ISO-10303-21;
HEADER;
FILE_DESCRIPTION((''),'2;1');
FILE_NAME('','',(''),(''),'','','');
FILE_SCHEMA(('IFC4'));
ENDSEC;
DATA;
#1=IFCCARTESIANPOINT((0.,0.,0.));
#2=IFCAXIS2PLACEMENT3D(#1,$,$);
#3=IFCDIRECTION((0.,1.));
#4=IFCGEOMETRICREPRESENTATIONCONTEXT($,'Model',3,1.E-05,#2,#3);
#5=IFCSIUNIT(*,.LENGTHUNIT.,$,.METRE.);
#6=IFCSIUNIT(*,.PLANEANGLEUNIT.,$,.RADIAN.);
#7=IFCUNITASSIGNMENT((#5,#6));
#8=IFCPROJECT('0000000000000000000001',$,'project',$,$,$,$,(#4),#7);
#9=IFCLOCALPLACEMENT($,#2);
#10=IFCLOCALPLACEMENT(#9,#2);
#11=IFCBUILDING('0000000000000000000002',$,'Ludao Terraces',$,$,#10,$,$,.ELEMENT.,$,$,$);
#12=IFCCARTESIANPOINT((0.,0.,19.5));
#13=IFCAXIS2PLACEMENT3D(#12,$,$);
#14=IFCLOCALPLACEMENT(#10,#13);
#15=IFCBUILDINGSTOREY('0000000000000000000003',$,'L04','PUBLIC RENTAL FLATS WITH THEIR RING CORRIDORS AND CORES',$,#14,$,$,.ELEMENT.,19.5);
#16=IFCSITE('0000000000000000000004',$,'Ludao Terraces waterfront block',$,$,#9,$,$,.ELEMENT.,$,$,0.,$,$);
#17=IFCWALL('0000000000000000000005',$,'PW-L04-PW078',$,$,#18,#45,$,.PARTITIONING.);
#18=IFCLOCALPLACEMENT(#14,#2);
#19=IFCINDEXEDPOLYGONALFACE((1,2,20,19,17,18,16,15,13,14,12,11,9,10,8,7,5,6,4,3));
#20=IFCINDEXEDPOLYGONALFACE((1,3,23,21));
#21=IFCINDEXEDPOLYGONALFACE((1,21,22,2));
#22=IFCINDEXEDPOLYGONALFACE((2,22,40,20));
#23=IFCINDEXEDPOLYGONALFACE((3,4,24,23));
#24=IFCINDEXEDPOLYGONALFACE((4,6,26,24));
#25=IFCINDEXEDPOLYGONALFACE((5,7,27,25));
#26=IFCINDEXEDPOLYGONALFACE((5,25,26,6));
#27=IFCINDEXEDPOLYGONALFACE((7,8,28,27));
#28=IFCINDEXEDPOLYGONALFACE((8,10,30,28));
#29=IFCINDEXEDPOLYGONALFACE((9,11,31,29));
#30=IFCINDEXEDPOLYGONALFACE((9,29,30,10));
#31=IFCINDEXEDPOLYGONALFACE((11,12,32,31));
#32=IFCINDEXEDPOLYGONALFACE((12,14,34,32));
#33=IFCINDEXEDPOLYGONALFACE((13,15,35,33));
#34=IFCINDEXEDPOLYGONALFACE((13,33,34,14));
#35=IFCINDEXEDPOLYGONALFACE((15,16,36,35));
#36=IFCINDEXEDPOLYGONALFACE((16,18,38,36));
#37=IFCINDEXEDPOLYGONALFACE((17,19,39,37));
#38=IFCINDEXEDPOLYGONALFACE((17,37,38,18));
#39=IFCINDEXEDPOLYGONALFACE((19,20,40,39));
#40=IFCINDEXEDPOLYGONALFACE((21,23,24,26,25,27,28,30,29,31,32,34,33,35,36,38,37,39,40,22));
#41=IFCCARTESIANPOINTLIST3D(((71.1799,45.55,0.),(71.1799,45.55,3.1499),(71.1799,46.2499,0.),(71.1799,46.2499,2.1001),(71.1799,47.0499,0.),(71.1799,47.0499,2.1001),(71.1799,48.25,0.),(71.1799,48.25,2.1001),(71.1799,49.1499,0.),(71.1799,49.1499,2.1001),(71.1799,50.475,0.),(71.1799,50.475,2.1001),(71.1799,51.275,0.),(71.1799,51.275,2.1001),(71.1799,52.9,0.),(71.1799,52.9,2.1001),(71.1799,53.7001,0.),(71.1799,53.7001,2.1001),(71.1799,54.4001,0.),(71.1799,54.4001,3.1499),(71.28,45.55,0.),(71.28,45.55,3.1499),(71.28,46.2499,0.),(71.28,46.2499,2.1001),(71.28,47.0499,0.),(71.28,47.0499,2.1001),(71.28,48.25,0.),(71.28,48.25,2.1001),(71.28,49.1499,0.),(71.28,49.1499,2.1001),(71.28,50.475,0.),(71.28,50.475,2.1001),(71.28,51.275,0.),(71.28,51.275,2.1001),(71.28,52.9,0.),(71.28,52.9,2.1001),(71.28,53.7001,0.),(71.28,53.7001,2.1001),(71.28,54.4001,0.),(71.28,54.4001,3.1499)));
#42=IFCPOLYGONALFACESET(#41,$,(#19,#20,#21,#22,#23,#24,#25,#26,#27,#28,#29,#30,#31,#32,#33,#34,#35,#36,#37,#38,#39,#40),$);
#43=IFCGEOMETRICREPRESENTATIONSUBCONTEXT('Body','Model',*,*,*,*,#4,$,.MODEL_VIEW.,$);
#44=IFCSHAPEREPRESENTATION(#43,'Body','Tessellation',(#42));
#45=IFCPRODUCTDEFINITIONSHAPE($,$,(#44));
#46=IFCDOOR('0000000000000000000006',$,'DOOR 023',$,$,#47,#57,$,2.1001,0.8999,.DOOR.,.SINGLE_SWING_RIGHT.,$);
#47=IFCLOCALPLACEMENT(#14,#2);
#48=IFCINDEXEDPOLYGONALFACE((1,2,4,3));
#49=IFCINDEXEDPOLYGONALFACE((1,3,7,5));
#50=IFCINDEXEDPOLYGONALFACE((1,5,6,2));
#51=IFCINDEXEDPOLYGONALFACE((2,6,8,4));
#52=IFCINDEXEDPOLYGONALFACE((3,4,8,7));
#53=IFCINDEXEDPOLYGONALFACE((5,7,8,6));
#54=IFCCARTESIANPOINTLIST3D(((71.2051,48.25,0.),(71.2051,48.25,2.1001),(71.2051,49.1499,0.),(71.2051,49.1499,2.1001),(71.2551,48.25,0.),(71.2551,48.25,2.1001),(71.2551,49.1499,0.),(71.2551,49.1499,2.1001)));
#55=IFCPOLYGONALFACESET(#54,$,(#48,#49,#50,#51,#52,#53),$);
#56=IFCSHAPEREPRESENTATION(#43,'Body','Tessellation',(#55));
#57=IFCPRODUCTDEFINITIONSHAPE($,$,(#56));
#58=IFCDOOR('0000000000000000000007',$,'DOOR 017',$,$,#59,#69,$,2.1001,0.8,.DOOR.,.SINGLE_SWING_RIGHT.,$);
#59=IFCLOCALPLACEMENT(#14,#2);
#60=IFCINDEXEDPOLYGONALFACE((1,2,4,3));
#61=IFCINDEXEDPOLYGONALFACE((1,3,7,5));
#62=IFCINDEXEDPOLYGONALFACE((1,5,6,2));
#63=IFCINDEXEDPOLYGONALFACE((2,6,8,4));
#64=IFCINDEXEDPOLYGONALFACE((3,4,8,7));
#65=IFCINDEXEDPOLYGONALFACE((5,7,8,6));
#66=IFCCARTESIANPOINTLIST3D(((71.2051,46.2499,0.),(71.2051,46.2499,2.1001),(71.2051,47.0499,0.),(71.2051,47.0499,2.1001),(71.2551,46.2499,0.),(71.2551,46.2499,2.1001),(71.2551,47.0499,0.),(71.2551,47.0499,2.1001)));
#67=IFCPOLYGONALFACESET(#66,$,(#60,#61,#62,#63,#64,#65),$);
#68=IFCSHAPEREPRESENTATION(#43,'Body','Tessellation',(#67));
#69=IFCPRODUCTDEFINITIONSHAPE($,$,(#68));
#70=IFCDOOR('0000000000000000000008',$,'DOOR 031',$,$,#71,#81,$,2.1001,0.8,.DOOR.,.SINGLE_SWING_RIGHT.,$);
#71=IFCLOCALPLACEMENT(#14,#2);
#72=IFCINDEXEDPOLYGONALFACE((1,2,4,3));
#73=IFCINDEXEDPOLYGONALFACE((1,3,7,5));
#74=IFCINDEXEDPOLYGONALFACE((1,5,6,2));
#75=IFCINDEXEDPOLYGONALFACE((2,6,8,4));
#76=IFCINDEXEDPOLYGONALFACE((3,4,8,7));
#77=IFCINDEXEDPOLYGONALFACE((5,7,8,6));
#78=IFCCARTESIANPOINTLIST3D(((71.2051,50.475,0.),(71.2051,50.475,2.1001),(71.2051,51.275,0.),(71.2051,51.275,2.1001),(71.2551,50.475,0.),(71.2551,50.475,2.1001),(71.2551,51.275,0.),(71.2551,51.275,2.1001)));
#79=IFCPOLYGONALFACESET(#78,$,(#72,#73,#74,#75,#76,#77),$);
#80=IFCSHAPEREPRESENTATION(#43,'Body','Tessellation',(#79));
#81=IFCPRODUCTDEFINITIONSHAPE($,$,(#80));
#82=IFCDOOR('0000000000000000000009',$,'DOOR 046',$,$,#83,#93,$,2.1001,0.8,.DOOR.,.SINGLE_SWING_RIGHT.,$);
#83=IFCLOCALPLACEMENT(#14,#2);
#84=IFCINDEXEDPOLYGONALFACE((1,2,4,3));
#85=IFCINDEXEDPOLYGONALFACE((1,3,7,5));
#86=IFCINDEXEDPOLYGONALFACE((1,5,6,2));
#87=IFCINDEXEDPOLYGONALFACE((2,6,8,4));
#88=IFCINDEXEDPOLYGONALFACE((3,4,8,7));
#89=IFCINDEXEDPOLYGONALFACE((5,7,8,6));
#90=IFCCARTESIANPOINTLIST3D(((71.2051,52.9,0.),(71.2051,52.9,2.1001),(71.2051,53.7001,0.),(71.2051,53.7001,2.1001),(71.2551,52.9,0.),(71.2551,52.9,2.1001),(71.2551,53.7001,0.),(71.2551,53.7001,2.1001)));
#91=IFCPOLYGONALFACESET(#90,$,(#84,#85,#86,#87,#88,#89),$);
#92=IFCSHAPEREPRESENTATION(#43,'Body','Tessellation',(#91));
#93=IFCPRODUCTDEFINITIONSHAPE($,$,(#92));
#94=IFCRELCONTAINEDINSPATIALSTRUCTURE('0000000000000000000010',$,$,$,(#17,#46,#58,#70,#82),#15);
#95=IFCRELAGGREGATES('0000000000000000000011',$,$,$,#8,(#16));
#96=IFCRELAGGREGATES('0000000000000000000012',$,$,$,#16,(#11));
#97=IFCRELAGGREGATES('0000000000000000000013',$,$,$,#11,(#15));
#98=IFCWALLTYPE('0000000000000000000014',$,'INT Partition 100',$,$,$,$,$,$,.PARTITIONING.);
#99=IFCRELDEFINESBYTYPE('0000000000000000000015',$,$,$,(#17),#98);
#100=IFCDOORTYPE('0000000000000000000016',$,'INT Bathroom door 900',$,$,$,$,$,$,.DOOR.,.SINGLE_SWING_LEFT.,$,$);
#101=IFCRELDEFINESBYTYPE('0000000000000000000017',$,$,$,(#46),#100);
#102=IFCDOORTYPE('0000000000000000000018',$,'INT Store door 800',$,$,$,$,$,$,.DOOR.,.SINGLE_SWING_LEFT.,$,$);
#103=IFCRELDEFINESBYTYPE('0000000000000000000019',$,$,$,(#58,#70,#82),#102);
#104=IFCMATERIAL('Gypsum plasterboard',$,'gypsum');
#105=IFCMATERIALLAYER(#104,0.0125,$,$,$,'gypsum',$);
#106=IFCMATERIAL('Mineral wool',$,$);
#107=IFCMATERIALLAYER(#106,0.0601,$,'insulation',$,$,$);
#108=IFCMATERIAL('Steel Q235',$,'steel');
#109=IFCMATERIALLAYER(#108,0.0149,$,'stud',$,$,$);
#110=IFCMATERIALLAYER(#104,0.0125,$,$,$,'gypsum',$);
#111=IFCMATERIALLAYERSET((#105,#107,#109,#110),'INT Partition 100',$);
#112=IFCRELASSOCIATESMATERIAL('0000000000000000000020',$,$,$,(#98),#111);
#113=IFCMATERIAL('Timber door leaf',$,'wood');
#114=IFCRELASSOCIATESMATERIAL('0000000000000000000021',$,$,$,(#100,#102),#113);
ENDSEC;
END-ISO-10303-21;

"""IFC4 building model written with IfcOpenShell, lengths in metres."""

from ifc_helpers import new_model, si_unit, direction, frame, frame_2d, origin, place, context, subcontext, project, spatial, rectangle, extrude, material, layer, layer_set, type_object, element, fill, save


model = new_model("IFC4")

# Units and contexts
model_context = context("Model", 3, precision=1e-05, world=origin(), true_north=direction((0.0, 1.0)))
body_context = subcontext(model_context, "Body", "Model", "MODEL_VIEW")
ifc_project = project(units=[si_unit("LENGTHUNIT", "METRE"), si_unit("PLANEANGLEUNIT", "RADIAN")], contexts=[model_context])

# Site, building, storey
site_placement = place(None, origin())
site = spatial("IfcSite", under=ifc_project, at=site_placement, Name="Ludao Terraces waterfront block", CompositionType="ELEMENT", RefElevation=0.0)
building_placement = place(site_placement, origin())
building = spatial("IfcBuilding", under=site, at=building_placement, Name="Ludao Terraces", CompositionType="ELEMENT")
storey_placement = place(building_placement, frame((0.0, 0.0, 19.5)))
storey = spatial("IfcBuildingStorey", under=building, at=storey_placement, Name="L04", Description="PUBLIC RENTAL FLATS WITH THEIR RING CORRIDORS AND CORES", CompositionType="ELEMENT", Elevation=19.5)

# Shared definitions
ifc_material_1 = material(Name="Mineral wool")

# Shared definitions
ifc_material_2 = material(Name="Gypsum plasterboard", Category="gypsum")
ifc_layer_1 = layer(ifc_material_2, 0.0125, Category="gypsum")
ifc_layer_2 = layer(ifc_material_1, 0.0601, Name="insulation")
ifc_material_3 = material(Name="Steel Q235", Category="steel")
ifc_layer_3 = layer(ifc_material_3, 0.0149, Name="stud")
ifc_layer_4 = layer(ifc_material_2, 0.0125, Category="gypsum")
ifc_layer_set_1 = layer_set([ifc_layer_1, ifc_layer_2, ifc_layer_3, ifc_layer_4], Name="INT Partition 100")
wall_type_1 = type_object("IfcWallType", Name="INT Partition 100", PredefinedType="PARTITIONING", material=ifc_layer_set_1)
ifc_material_4 = material(Name="Timber door leaf", Category="wood")
door_type_1 = type_object("IfcDoorType", Name="INT Bathroom door 900", OperationType="SINGLE_SWING_LEFT", PredefinedType="DOOR", material=ifc_material_4)

# Wall, openings, doors
wall_1_placement = place(storey_placement, frame((71.23, 45.55, 0.0), z_axis=(0.0, 0.0, 1.0), x_axis=(0.0, 1.0, 0.0)))
wall_1 = element("IfcWall", 1, at=wall_1_placement, inside=storey, type_object=wall_type_1, Name="PW-L04-PW078", PredefinedType="PARTITIONING", context=body_context, shape_type="SweptSolid", body=[
    extrude(rectangle(XDim=8.8501, YDim=0.1001, at=frame_2d((4.425, 0.0))), origin(), (0.0, 0.0, 1.0), 3.1499),
])
opening_1_placement = place(wall_1_placement, frame((0.7, 0.0, 0.0)))
opening_1 = element("IfcOpeningElement", 2, at=opening_1_placement, cuts=wall_1, PredefinedType="OPENING", context=body_context, shape_type="SweptSolid", body=[
    extrude(rectangle(XDim=0.8, YDim=2.1001, at=frame_2d((0.3999, 1.05))), frame((0.0, 0.0601, 0.0), z_axis=(0.0, -1.0, 0.0), x_axis=(1.0, 0.0, 0.0)), (0.0, 0.0, 1.0), 0.1201),
])
opening_2_placement = place(wall_1_placement, frame((2.7, 0.0, 0.0)))
opening_2 = element("IfcOpeningElement", 3, at=opening_2_placement, cuts=wall_1, PredefinedType="OPENING", context=body_context, shape_type="SweptSolid", body=[
    extrude(rectangle(XDim=0.8999, YDim=2.1001, at=frame_2d((0.45, 1.05))), frame((0.0, 0.0601, 0.0), z_axis=(0.0, -1.0, 0.0), x_axis=(1.0, 0.0, 0.0)), (0.0, 0.0, 1.0), 0.1201),
])
opening_3_placement = place(wall_1_placement, frame((4.925, 0.0, 0.0)))
opening_3 = element("IfcOpeningElement", 4, at=opening_3_placement, cuts=wall_1, PredefinedType="OPENING", context=body_context, shape_type="SweptSolid", body=[
    extrude(rectangle(XDim=0.8, YDim=2.1001, at=frame_2d((0.3999, 1.05))), frame((0.0, 0.0601, 0.0), z_axis=(0.0, -1.0, 0.0), x_axis=(1.0, 0.0, 0.0)), (0.0, 0.0, 1.0), 0.1201),
])
opening_4_placement = place(wall_1_placement, frame((7.3501, 0.0, 0.0)))
opening_4 = element("IfcOpeningElement", 5, at=opening_4_placement, cuts=wall_1, PredefinedType="OPENING", context=body_context, shape_type="SweptSolid", body=[
    extrude(rectangle(XDim=0.8, YDim=2.1001, at=frame_2d((0.3999, 1.05))), frame((0.0, 0.0601, 0.0), z_axis=(0.0, -1.0, 0.0), x_axis=(1.0, 0.0, 0.0)), (0.0, 0.0, 1.0), 0.1201),
])
door_1_placement = place(opening_2_placement, origin())
door_1 = element("IfcDoor", 6, at=door_1_placement, inside=storey, type_object=door_type_1, Name="DOOR 023", OperationType="SINGLE_SWING_RIGHT", OverallHeight=2.1001, OverallWidth=0.8999, PredefinedType="DOOR", context=body_context, shape_type="SweptSolid", body=[
    extrude(rectangle(XDim=0.8999, YDim=2.1001, at=frame_2d((0.45, 1.05))), frame((0.0, 0.0249, 0.0), z_axis=(0.0, -1.0, 0.0), x_axis=(1.0, 0.0, 0.0)), (0.0, 0.0, 1.0), 0.05),
])
fill(opening_2, door_1)
door_type_2 = type_object("IfcDoorType", Name="INT Store door 800", OperationType="SINGLE_SWING_LEFT", PredefinedType="DOOR", material=ifc_material_4)
door_2_placement = place(opening_1_placement, origin())
door_2 = element("IfcDoor", 7, at=door_2_placement, inside=storey, type_object=door_type_2, Name="DOOR 017", OperationType="SINGLE_SWING_RIGHT", OverallHeight=2.1001, OverallWidth=0.8, PredefinedType="DOOR", context=body_context, shape_type="SweptSolid", body=[
    extrude(rectangle(XDim=0.8, YDim=2.1001, at=frame_2d((0.3999, 1.05))), frame((0.0, 0.0249, 0.0), z_axis=(0.0, -1.0, 0.0), x_axis=(1.0, 0.0, 0.0)), (0.0, 0.0, 1.0), 0.05),
])
fill(opening_1, door_2)
door_3_placement = place(opening_3_placement, origin())
door_3 = element("IfcDoor", 8, at=door_3_placement, inside=storey, type_object=door_type_2, Name="DOOR 031", OperationType="SINGLE_SWING_RIGHT", OverallHeight=2.1001, OverallWidth=0.8, PredefinedType="DOOR", context=body_context, shape_type="SweptSolid", body=[
    extrude(rectangle(XDim=0.8, YDim=2.1001, at=frame_2d((0.3999, 1.05))), frame((0.0, 0.0249, 0.0), z_axis=(0.0, -1.0, 0.0), x_axis=(1.0, 0.0, 0.0)), (0.0, 0.0, 1.0), 0.05),
])
fill(opening_3, door_3)
door_4_placement = place(opening_4_placement, origin())
door_4 = element("IfcDoor", 9, at=door_4_placement, inside=storey, type_object=door_type_2, Name="DOOR 046", OperationType="SINGLE_SWING_RIGHT", OverallHeight=2.1001, OverallWidth=0.8, PredefinedType="DOOR", context=body_context, shape_type="SweptSolid", body=[
    extrude(rectangle(XDim=0.8, YDim=2.1001, at=frame_2d((0.3999, 1.05))), frame((0.0, 0.0249, 0.0), z_axis=(0.0, -1.0, 0.0), x_axis=(1.0, 0.0, 0.0)), (0.0, 0.0, 1.0), 0.05),
])
fill(opening_4, door_4)

save(model, "model.ifc")
